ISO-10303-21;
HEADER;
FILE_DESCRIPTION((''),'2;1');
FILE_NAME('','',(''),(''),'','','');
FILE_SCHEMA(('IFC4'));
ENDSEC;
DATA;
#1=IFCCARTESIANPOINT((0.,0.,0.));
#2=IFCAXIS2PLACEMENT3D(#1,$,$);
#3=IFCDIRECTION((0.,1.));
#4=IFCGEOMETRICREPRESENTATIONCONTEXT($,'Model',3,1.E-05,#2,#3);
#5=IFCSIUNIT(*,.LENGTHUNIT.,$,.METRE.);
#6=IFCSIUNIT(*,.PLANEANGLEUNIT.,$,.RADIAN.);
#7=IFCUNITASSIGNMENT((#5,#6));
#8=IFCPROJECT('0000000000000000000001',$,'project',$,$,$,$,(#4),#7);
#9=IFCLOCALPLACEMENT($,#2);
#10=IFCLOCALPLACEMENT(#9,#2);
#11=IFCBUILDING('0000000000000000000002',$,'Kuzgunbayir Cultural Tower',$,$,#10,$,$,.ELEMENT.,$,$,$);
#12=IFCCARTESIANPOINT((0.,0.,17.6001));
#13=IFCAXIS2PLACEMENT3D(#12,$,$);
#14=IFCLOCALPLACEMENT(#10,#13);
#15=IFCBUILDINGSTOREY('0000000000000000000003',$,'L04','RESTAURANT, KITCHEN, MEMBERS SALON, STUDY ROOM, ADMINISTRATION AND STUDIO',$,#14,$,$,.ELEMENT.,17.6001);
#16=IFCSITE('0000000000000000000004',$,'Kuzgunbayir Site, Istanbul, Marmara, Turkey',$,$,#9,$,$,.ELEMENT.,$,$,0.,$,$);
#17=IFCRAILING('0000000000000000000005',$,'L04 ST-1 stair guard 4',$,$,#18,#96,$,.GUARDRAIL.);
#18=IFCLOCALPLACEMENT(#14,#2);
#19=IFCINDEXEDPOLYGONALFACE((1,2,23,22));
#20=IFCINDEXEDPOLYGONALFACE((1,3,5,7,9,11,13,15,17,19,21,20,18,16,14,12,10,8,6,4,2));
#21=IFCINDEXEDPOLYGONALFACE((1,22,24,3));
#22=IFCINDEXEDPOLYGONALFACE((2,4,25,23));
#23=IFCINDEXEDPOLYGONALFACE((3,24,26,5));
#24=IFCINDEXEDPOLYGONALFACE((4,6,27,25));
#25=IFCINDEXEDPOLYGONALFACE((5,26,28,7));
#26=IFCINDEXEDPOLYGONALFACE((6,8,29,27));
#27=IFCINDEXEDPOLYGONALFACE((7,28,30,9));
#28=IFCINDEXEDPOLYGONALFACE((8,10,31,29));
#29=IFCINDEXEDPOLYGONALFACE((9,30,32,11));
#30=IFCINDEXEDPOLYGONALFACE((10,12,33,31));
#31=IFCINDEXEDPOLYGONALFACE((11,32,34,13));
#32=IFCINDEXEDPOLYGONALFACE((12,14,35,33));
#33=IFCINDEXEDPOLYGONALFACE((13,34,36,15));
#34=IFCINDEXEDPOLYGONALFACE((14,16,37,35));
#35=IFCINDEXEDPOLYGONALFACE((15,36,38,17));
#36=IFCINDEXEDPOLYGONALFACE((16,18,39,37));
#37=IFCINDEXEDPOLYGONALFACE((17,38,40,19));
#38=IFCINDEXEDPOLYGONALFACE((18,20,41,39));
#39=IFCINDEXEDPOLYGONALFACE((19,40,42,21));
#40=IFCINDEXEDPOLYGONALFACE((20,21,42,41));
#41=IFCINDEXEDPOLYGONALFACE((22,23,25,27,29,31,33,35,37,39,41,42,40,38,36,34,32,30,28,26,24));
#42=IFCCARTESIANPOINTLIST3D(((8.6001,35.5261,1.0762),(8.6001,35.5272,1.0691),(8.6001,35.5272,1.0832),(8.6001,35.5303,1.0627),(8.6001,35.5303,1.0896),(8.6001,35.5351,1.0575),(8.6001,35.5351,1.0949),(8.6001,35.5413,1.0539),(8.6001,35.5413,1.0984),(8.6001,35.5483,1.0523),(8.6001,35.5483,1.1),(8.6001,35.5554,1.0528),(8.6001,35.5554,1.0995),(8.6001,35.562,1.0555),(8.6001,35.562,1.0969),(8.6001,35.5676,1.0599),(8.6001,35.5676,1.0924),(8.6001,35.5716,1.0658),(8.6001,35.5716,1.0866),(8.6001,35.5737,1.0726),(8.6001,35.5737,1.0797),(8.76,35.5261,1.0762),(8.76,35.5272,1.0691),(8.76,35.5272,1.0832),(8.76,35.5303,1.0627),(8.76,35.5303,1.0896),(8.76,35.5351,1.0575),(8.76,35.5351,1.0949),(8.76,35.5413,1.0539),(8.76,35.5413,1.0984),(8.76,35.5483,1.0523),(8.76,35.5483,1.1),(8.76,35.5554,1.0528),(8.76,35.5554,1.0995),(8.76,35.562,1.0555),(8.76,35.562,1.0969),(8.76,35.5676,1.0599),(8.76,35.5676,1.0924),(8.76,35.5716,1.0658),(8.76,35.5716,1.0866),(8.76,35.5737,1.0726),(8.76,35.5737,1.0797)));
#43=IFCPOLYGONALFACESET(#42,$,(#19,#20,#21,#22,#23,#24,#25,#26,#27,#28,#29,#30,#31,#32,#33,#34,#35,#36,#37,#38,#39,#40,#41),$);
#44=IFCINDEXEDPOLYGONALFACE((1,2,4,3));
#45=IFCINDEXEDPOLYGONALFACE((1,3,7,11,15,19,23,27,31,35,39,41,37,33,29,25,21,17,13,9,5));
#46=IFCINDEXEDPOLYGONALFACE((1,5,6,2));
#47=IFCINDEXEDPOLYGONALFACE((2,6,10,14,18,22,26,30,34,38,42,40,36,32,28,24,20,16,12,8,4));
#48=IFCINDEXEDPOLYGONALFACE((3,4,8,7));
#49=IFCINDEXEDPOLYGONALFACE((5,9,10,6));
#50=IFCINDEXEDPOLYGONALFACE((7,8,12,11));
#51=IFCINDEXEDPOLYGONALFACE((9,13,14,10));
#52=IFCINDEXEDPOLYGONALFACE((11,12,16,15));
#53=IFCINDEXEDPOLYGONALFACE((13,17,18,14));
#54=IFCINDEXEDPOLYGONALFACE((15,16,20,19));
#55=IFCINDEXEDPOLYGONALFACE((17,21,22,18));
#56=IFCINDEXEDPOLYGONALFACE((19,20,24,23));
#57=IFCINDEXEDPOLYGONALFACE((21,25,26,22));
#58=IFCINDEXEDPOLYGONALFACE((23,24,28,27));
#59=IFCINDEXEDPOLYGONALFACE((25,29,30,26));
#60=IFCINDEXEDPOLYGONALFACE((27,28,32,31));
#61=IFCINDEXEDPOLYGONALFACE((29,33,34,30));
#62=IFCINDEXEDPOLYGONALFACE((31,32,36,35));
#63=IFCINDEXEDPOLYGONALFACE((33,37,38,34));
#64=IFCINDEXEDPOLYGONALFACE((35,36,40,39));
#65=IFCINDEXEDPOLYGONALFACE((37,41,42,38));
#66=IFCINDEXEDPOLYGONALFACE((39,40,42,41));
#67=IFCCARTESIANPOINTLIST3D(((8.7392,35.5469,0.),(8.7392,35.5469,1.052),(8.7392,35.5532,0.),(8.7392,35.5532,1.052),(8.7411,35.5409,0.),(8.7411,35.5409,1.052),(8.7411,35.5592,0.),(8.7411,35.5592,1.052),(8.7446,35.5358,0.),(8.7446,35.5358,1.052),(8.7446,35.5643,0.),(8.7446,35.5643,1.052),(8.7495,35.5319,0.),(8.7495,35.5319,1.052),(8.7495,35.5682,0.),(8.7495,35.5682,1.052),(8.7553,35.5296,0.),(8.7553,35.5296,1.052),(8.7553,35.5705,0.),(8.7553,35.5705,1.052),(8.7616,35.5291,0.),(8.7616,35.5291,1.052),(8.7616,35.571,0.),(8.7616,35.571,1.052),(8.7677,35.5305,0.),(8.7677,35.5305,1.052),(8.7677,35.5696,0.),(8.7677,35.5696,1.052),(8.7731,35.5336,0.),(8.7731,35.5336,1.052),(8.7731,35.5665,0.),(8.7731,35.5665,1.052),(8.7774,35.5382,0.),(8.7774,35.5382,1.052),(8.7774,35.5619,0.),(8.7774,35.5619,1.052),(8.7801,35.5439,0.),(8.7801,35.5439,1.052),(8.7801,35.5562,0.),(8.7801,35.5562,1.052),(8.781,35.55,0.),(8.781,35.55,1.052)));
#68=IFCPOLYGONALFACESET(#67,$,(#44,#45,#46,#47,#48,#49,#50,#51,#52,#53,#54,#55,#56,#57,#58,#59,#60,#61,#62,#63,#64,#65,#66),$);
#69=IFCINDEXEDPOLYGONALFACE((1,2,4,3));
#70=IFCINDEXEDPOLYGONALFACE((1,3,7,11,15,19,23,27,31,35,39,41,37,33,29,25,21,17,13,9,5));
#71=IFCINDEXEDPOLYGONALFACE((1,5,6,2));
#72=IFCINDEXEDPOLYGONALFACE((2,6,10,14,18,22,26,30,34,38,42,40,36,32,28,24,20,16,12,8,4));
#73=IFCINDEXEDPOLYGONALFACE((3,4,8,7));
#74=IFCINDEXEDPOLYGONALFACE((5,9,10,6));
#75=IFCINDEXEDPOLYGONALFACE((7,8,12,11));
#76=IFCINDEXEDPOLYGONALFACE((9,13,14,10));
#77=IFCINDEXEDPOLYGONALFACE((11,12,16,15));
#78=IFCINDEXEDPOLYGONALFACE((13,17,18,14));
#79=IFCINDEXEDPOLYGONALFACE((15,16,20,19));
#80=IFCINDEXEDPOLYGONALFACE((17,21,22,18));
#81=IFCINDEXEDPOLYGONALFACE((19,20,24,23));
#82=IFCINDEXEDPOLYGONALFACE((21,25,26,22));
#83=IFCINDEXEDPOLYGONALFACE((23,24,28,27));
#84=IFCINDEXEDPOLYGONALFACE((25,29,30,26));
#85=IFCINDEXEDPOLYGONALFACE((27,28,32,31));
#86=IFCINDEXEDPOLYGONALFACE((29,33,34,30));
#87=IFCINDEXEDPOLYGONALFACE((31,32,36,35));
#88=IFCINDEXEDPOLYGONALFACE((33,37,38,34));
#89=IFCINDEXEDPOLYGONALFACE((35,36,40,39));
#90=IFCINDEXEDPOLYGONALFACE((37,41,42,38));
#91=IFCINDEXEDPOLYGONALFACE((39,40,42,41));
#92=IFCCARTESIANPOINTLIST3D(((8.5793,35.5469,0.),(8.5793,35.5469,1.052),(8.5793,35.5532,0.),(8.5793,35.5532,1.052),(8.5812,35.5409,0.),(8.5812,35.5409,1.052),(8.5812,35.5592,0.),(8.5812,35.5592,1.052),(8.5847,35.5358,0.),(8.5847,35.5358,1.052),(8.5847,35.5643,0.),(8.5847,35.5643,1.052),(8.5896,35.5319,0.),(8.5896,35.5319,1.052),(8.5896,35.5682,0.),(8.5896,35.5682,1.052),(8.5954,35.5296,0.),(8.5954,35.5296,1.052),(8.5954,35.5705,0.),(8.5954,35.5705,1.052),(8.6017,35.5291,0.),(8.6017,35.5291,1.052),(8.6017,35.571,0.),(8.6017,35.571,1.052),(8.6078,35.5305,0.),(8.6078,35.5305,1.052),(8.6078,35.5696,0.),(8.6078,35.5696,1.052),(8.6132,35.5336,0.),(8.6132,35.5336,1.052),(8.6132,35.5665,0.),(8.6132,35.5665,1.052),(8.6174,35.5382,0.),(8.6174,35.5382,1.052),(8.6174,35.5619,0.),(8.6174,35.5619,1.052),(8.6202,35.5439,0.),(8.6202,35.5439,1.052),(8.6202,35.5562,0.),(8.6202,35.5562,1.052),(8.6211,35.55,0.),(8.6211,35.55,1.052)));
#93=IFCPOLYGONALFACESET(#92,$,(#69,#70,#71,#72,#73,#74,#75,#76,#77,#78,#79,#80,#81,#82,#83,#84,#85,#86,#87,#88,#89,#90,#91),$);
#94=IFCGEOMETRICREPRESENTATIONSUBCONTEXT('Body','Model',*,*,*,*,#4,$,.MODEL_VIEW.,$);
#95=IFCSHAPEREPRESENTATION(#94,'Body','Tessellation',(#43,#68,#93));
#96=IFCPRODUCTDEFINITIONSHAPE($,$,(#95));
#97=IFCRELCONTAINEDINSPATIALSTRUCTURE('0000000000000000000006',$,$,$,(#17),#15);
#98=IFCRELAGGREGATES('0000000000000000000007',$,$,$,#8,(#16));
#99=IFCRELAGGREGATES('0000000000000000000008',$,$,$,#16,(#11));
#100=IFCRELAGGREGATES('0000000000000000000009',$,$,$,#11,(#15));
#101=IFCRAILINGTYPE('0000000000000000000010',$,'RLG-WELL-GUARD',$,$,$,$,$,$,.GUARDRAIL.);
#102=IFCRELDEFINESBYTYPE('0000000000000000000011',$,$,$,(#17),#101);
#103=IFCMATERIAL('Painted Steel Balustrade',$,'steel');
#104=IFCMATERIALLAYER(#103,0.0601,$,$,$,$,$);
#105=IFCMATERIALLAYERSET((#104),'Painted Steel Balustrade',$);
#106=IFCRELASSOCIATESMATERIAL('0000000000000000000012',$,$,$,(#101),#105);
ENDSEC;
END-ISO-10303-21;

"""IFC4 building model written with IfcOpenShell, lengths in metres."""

from ifc_helpers import new_model, si_unit, direction, frame, origin, origin_2d, place, context, subcontext, project, spatial, circle, extrude, material, layer, layer_set, type_object, element, save


model = new_model("IFC4")

# Units and contexts
model_context = context("Model", 3, precision=1e-05, world=origin(), true_north=direction((0.0, 1.0)))
body_context = subcontext(model_context, "Body", "Model", "MODEL_VIEW")
ifc_project = project(units=[si_unit("LENGTHUNIT", "METRE"), si_unit("PLANEANGLEUNIT", "RADIAN")], contexts=[model_context])

# Site, building, storey
site_placement = place(None, origin())
site = spatial("IfcSite", under=ifc_project, at=site_placement, Name="Kuzgunbayir Site, Istanbul, Marmara, Turkey", CompositionType="ELEMENT", RefElevation=0.0)
building_placement = place(site_placement, origin())
building = spatial("IfcBuilding", under=site, at=building_placement, Name="Kuzgunbayir Cultural Tower", CompositionType="ELEMENT")
storey_placement = place(building_placement, frame((0.0, 0.0, 17.6001)))
storey = spatial("IfcBuildingStorey", under=building, at=storey_placement, Name="L04", Description="RESTAURANT, KITCHEN, MEMBERS SALON, STUDY ROOM, ADMINISTRATION AND STUDIO", CompositionType="ELEMENT", Elevation=17.6001)

# Railing
ifc_material_1 = material(Name="Painted Steel Balustrade", Category="steel")
ifc_layer_1 = layer(ifc_material_1, 0.0601)
ifc_layer_set_1 = layer_set([ifc_layer_1], Name="Painted Steel Balustrade")
railing_type = type_object("IfcRailingType", Name="RLG-WELL-GUARD", PredefinedType="GUARDRAIL", material=ifc_layer_set_1)
railing_1_placement = place(storey_placement, frame((8.76, 35.55, 0.0)))
element("IfcRailing", 1, at=railing_1_placement, inside=storey, type_object=railing_type, Name="L04 ST-1 stair guard 4", PredefinedType="GUARDRAIL", context=body_context, shape_type="SweptSolid", body=[
    extrude(circle(Radius=0.0239, at=origin_2d()), frame((0.0, 0.0, 1.0762), z_axis=(-1.0, 0.0, 0.0), x_axis=(0.0, -1.0, 0.0)), (0.0, 0.0, 1.0), 0.1599),
    extrude(circle(Radius=0.021, at=origin_2d()), origin(), (0.0, 0.0, 1.0), 1.052),
    extrude(circle(Radius=0.021, at=origin_2d()), frame((-0.1599, 0.0, 0.0)), (0.0, 0.0, 1.0), 1.052),
])

save(model, "model.ifc")
